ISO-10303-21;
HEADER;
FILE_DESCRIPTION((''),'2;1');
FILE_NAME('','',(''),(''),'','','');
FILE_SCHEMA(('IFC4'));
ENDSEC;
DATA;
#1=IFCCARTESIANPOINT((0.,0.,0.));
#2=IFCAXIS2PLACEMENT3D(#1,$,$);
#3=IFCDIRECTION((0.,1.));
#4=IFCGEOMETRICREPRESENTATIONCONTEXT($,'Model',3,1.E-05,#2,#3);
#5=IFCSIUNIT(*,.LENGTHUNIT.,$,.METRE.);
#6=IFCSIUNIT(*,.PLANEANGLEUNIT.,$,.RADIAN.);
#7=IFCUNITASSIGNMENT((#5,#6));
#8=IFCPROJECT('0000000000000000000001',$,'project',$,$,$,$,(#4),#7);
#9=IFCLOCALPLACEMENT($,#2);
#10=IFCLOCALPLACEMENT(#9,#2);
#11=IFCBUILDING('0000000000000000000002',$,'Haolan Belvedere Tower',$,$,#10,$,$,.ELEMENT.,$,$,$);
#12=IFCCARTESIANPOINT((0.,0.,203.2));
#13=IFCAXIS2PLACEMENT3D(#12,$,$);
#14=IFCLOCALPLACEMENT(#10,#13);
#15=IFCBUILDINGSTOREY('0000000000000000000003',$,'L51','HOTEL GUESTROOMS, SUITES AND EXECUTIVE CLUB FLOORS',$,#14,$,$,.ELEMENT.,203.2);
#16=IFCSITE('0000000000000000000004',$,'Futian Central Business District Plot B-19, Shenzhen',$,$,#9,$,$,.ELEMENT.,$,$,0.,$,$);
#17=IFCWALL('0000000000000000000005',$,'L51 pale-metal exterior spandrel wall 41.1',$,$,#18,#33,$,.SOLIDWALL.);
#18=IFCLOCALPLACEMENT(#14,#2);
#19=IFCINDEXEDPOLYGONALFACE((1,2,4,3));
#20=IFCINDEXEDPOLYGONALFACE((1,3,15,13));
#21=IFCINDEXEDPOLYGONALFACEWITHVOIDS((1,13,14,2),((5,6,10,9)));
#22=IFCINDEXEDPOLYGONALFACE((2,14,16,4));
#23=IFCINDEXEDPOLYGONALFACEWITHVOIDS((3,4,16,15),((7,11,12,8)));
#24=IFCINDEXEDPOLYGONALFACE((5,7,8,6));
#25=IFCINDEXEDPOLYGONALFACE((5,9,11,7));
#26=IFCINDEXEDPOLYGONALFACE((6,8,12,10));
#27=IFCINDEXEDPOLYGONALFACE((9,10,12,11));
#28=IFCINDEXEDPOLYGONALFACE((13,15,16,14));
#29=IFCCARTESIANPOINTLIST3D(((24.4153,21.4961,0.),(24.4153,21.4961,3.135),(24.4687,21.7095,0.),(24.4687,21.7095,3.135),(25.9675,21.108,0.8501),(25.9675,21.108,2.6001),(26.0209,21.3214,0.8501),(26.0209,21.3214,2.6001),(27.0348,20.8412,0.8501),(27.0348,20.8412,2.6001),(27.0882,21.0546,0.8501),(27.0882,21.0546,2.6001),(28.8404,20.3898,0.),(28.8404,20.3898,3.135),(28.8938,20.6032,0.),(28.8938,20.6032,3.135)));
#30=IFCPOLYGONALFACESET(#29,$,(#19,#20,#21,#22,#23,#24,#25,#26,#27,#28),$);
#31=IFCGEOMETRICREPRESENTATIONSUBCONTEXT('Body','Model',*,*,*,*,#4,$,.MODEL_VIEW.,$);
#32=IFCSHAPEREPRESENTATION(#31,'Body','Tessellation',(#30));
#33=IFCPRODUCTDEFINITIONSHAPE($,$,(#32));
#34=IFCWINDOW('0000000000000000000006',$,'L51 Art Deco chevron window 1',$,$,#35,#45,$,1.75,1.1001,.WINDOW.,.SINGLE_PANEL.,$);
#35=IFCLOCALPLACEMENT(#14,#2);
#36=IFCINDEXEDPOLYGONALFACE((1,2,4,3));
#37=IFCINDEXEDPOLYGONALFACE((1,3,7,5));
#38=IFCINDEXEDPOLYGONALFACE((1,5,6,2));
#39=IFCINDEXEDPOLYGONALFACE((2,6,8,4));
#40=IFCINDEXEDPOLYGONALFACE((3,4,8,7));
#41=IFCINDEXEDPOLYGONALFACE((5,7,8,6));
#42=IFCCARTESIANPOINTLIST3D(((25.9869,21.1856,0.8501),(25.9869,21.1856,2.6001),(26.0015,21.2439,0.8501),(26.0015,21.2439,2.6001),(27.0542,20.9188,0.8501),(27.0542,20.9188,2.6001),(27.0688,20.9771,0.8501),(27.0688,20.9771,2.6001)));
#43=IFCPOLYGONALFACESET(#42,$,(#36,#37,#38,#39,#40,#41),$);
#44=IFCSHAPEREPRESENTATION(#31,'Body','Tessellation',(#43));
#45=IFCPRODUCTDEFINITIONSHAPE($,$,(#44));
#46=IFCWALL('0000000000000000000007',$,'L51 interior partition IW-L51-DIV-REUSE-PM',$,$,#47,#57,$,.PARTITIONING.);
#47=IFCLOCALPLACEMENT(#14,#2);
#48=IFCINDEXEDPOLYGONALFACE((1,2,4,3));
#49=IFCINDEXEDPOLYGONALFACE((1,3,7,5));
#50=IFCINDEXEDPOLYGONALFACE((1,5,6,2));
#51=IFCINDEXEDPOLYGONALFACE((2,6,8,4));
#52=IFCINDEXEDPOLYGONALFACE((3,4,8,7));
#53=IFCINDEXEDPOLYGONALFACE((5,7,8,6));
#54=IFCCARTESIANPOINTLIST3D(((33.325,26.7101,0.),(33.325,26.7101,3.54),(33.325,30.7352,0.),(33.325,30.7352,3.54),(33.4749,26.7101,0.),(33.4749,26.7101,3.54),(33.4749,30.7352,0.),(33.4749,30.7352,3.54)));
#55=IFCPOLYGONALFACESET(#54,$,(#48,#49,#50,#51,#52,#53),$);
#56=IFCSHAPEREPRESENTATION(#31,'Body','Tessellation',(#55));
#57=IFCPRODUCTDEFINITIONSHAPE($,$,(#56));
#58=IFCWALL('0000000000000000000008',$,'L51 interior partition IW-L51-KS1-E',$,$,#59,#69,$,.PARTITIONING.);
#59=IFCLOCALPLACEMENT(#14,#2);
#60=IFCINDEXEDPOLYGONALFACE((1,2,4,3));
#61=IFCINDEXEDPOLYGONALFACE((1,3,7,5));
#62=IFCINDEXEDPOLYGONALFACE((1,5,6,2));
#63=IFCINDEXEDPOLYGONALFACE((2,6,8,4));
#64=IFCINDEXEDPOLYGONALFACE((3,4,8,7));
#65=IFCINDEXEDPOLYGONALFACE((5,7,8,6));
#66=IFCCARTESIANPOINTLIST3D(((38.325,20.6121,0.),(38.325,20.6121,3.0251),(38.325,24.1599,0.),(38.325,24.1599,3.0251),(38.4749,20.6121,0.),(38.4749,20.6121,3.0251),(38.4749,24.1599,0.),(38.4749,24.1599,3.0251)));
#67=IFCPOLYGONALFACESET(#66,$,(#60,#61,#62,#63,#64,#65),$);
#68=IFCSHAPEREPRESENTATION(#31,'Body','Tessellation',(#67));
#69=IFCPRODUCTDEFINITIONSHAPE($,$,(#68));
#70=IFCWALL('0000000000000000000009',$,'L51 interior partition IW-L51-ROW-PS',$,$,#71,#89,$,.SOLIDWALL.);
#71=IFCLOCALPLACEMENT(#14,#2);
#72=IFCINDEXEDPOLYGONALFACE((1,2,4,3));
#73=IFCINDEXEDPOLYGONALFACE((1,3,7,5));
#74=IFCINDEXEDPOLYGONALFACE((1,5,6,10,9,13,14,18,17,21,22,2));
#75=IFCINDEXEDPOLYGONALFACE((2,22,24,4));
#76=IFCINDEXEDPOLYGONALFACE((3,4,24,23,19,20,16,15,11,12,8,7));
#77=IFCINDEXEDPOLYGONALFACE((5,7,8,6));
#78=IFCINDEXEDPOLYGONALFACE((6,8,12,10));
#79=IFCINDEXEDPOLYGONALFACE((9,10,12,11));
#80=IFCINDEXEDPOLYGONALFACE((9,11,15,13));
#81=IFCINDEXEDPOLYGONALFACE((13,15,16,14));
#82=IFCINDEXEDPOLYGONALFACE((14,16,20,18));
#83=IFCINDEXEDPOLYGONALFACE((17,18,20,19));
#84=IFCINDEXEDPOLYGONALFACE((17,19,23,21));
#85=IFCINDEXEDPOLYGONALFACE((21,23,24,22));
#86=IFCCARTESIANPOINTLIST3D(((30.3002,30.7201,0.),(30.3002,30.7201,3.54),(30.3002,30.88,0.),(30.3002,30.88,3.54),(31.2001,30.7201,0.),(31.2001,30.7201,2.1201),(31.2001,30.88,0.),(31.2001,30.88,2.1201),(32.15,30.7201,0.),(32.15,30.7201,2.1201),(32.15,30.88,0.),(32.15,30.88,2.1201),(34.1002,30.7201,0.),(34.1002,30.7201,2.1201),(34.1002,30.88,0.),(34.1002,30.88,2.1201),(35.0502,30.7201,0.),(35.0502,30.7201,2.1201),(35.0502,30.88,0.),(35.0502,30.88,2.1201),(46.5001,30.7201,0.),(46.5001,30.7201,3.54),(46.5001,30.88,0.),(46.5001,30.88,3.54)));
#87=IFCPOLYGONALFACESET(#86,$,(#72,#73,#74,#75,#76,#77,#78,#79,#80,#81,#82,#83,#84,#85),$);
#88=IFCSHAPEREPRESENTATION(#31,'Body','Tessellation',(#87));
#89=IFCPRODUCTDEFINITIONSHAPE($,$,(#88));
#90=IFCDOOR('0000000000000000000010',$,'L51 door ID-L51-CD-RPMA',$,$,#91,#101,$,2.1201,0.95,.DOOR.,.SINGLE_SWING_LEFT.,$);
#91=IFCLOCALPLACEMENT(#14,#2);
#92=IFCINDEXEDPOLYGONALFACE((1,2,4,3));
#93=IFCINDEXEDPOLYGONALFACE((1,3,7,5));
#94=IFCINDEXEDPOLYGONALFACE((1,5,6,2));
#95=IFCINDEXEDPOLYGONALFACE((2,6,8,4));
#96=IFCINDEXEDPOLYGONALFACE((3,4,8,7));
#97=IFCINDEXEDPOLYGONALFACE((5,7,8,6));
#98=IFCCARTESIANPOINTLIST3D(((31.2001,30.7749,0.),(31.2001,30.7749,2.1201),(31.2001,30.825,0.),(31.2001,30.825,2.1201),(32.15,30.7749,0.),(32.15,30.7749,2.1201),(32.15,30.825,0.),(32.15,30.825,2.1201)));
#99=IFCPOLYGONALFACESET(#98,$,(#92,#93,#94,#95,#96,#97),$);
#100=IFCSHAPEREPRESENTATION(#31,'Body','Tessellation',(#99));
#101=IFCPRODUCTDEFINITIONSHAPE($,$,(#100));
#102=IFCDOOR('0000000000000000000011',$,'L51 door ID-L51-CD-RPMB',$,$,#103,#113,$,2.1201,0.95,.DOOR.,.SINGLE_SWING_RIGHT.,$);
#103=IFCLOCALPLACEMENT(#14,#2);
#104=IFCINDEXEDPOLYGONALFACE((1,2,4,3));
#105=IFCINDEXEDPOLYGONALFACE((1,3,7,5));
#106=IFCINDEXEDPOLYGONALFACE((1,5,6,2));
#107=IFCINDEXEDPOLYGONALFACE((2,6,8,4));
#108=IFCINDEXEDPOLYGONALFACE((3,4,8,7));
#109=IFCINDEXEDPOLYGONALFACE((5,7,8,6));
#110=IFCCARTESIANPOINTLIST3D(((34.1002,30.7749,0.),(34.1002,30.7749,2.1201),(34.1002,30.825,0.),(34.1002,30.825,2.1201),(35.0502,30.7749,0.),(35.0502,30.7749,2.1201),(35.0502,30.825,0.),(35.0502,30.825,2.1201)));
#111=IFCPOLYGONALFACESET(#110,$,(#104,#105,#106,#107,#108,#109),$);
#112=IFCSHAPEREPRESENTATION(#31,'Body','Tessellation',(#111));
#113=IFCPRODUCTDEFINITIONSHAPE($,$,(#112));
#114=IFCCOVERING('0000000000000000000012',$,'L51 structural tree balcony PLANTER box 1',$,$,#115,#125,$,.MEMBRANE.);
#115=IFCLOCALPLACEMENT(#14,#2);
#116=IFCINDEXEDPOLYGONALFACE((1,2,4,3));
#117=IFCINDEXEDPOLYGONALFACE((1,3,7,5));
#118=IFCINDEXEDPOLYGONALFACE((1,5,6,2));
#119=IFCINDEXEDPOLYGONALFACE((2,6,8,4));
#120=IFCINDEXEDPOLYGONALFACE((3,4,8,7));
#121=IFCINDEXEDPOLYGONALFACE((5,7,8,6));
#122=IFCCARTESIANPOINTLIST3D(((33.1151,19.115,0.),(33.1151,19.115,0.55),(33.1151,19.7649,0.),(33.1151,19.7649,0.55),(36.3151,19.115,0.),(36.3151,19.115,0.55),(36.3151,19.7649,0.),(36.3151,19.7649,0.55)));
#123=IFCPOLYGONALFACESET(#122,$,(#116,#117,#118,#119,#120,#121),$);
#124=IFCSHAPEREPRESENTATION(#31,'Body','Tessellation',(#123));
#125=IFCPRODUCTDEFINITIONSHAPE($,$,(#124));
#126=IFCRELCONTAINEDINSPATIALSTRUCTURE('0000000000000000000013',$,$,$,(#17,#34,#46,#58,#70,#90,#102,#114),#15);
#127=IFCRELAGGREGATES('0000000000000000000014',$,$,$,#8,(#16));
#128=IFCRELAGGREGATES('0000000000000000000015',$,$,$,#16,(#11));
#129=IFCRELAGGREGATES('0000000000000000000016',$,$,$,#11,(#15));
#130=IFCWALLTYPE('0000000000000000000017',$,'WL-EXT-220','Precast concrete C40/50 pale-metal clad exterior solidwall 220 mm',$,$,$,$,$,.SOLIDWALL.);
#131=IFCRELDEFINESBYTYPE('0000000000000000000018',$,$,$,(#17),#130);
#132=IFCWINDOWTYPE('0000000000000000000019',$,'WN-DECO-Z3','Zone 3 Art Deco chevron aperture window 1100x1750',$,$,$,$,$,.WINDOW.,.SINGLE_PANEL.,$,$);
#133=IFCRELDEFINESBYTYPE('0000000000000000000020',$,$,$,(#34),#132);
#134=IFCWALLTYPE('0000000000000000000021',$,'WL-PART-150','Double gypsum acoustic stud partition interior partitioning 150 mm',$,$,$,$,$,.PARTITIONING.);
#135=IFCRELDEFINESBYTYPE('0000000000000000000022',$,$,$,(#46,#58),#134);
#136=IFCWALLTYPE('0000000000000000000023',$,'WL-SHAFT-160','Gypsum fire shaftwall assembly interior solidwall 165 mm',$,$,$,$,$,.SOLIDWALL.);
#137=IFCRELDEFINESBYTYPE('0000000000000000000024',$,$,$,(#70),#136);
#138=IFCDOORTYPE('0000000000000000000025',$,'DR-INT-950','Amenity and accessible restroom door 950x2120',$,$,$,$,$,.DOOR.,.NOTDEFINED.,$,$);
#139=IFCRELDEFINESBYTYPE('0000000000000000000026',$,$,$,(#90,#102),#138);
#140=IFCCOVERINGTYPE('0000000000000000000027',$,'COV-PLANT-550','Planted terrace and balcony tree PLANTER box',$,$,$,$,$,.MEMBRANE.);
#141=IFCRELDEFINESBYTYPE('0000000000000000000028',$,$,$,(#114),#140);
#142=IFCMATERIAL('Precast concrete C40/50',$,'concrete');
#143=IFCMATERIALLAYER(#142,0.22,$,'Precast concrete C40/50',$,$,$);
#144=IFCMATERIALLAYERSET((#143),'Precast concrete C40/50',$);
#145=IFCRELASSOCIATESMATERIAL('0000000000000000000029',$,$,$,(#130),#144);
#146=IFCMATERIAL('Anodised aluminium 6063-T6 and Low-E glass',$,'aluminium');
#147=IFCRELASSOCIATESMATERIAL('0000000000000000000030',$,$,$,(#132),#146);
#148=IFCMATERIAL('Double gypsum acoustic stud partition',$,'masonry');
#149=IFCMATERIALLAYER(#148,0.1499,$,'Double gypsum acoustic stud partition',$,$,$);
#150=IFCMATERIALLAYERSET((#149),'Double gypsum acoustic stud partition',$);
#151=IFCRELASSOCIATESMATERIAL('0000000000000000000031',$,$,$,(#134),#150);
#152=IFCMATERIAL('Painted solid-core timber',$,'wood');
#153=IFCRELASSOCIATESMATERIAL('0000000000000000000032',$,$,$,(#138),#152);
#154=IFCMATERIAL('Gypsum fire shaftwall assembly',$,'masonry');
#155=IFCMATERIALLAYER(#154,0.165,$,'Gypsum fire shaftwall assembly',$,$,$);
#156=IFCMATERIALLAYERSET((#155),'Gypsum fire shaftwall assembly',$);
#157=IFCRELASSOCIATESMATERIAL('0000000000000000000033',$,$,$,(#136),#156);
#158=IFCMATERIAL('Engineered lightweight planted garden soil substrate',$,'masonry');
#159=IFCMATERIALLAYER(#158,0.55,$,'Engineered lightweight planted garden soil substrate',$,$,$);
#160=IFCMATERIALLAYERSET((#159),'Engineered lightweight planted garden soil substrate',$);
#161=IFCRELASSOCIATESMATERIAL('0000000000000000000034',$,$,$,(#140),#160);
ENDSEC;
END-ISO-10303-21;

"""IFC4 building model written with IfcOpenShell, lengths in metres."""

from ifc_helpers import new_model, si_unit, direction, frame, frame_2d, origin, origin_2d, place, context, subcontext, project, spatial, rectangle, extrude, material, layer, layer_set, type_object, element, fill, save


model = new_model("IFC4")

# Units and contexts
model_context = context("Model", 3, precision=1e-05, world=origin(), true_north=direction((0.0, 1.0)))
body_context = subcontext(model_context, "Body", "Model", "MODEL_VIEW")
ifc_project = project(units=[si_unit("LENGTHUNIT", "METRE"), si_unit("PLANEANGLEUNIT", "RADIAN")], contexts=[model_context])

# Site, building, storey
site_placement = place(None, origin())
site = spatial("IfcSite", under=ifc_project, at=site_placement, Name="Futian Central Business District Plot B-19, Shenzhen", CompositionType="ELEMENT", RefElevation=0.0)
building_placement = place(site_placement, origin())
building = spatial("IfcBuilding", under=site, at=building_placement, Name="Haolan Belvedere Tower", CompositionType="ELEMENT")
storey_placement = place(building_placement, frame((0.0, 0.0, 203.2)))
storey = spatial("IfcBuildingStorey", under=building, at=storey_placement, Name="L51", Description="HOTEL GUESTROOMS, SUITES AND EXECUTIVE CLUB FLOORS", CompositionType="ELEMENT", Elevation=203.2)

# Shared definitions
ifc_material_1 = material(Name="Precast concrete C40/50", Category="concrete")
ifc_layer_1 = layer(ifc_material_1, 0.22, Name="Precast concrete C40/50")
ifc_layer_set_1 = layer_set([ifc_layer_1], Name="Precast concrete C40/50")
wall_type_1 = type_object("IfcWallType", Name="WL-EXT-220", Description="Precast concrete C40/50 pale-metal clad exterior solidwall 220 mm", PredefinedType="SOLIDWALL", material=ifc_layer_set_1)

# Wall, opening, window
wall_1_placement = place(storey_placement, frame((24.4419, 21.6028, 0.0), z_axis=(0.0, 0.0, 1.0), x_axis=(0.970146, -0.242523, 0.0)))
wall_1 = element("IfcWall", 1, at=wall_1_placement, inside=storey, type_object=wall_type_1, Name="L51 pale-metal exterior spandrel wall 41.1", PredefinedType="SOLIDWALL", context=body_context, shape_type="SweptSolid", body=[
    extrude(rectangle(XDim=4.5613, YDim=0.22, at=frame_2d((2.2808, 0.0))), origin(), (0.0, 0.0, 1.0), 3.135),
])
opening_1_placement = place(wall_1_placement, frame((1.6001, 0.0, 0.8501)))
opening_1 = element("IfcOpeningElement", 2, at=opening_1_placement, cuts=wall_1, PredefinedType="OPENING", context=body_context, shape_type="SweptSolid", body=[
    extrude(rectangle(XDim=1.1001, YDim=1.75, at=frame_2d((0.55, 0.875))), frame((0.0, 0.1199, 0.0), z_axis=(0.0, -1.0, 0.0), x_axis=(1.0, 0.0, 0.0)), (0.0, 0.0, 1.0), 0.24),
])
ifc_material_2 = material(Name="Anodised aluminium 6063-T6 and Low-E glass", Category="aluminium")
window_type = type_object("IfcWindowType", Name="WN-DECO-Z3", Description="Zone 3 Art Deco chevron aperture window 1100x1750", PartitioningType="SINGLE_PANEL", PredefinedType="WINDOW", material=ifc_material_2)
window_placement = place(opening_1_placement, origin())
window = element("IfcWindow", 3, at=window_placement, inside=storey, type_object=window_type, Name="L51 Art Deco chevron window 1", OverallHeight=1.75, OverallWidth=1.1001, PartitioningType="SINGLE_PANEL", PredefinedType="WINDOW", context=body_context, shape_type="SweptSolid", body=[
    extrude(rectangle(XDim=1.1001, YDim=1.75, at=frame_2d((0.55, 0.875))), frame((0.0, 0.03, 0.0), z_axis=(0.0, -1.0, 0.0), x_axis=(1.0, 0.0, 0.0)), (0.0, 0.0, 1.0), 0.0601),
])
fill(opening_1, window)

# Wall
ifc_material_3 = material(Name="Double gypsum acoustic stud partition", Category="masonry")
ifc_layer_2 = layer(ifc_material_3, 0.1499, Name="Double gypsum acoustic stud partition")
ifc_layer_set_2 = layer_set([ifc_layer_2], Name="Double gypsum acoustic stud partition")
wall_type_2 = type_object("IfcWallType", Name="WL-PART-150", Description="Double gypsum acoustic stud partition interior partitioning 150 mm", PredefinedType="PARTITIONING", material=ifc_layer_set_2)
wall_2_placement = place(storey_placement, frame((33.3999, 26.71, 0.0), z_axis=(0.0, 0.0, 1.0), x_axis=(0.0, 1.0, 0.0)))
element("IfcWall", 4, at=wall_2_placement, inside=storey, type_object=wall_type_2, Name="L51 interior partition IW-L51-DIV-REUSE-PM", PredefinedType="PARTITIONING", context=body_context, shape_type="SweptSolid", body=[
    extrude(rectangle(XDim=4.0251, YDim=0.1499, at=frame_2d((2.0127, 0.0))), origin(), (0.0, 0.0, 1.0), 3.54),
])

# Shared definitions
ifc_material_4 = material(Name="Painted solid-core timber", Category="wood")
door_type_1 = type_object("IfcDoorType", Name="DR-INT-950", Description="Amenity and accessible restroom door 950x2120", OperationType="NOTDEFINED", PredefinedType="DOOR", material=ifc_material_4)

# Wall
wall_3_placement = place(storey_placement, frame((38.3999, 20.6121, 0.0), z_axis=(0.0, 0.0, 1.0), x_axis=(0.0, 1.0, 0.0)))
element("IfcWall", 5, at=wall_3_placement, inside=storey, type_object=wall_type_2, Name="L51 interior partition IW-L51-KS1-E", PredefinedType="PARTITIONING", context=body_context, shape_type="SweptSolid", body=[
    extrude(rectangle(XDim=3.5479, YDim=0.1499, at=frame_2d((1.7739, 0.0))), origin(), (0.0, 0.0, 1.0), 3.0251),
])

# Wall, openings, doors
ifc_material_5 = material(Name="Gypsum fire shaftwall assembly", Category="masonry")
ifc_layer_3 = layer(ifc_material_5, 0.165, Name="Gypsum fire shaftwall assembly")
ifc_layer_set_3 = layer_set([ifc_layer_3], Name="Gypsum fire shaftwall assembly")
wall_type_3 = type_object("IfcWallType", Name="WL-SHAFT-160", Description="Gypsum fire shaftwall assembly interior solidwall 165 mm", PredefinedType="SOLIDWALL", material=ifc_layer_set_3)
wall_4_placement = place(storey_placement, frame((30.3, 30.8, 0.0), z_axis=(0.0, 0.0, 1.0), x_axis=(1.0, 0.0, 0.0)))
wall_4 = element("IfcWall", 6, at=wall_4_placement, inside=storey, type_object=wall_type_3, Name="L51 interior partition IW-L51-ROW-PS", PredefinedType="SOLIDWALL", context=body_context, shape_type="SweptSolid", body=[
    extrude(rectangle(XDim=16.2, YDim=0.1599, at=frame_2d((8.1001, 0.0))), origin(), (0.0, 0.0, 1.0), 3.54),
])
opening_2_placement = place(wall_4_placement, frame((0.8999, 0.0, 0.0)))
opening_2 = element("IfcOpeningElement", 7, at=opening_2_placement, cuts=wall_4, PredefinedType="OPENING", context=body_context, shape_type="SweptSolid", body=[
    extrude(rectangle(XDim=0.95, YDim=2.1201, at=frame_2d((0.4751, 1.0601))), frame((0.0, 0.0898, 0.0), z_axis=(0.0, -1.0, 0.0), x_axis=(1.0, 0.0, 0.0)), (0.0, 0.0, 1.0), 0.1799),
])
opening_3_placement = place(wall_4_placement, frame((3.8, 0.0, 0.0)))
opening_3 = element("IfcOpeningElement", 8, at=opening_3_placement, cuts=wall_4, PredefinedType="OPENING", context=body_context, shape_type="SweptSolid", body=[
    extrude(rectangle(XDim=0.95, YDim=2.1201, at=frame_2d((0.4751, 1.0601))), frame((0.0, 0.0898, 0.0), z_axis=(0.0, -1.0, 0.0), x_axis=(1.0, 0.0, 0.0)), (0.0, 0.0, 1.0), 0.1799),
])
door_1_placement = place(opening_2_placement, origin())
door_1 = element("IfcDoor", 9, at=door_1_placement, inside=storey, type_object=door_type_1, Name="L51 door ID-L51-CD-RPMA", OperationType="SINGLE_SWING_LEFT", OverallHeight=2.1201, OverallWidth=0.95, PredefinedType="DOOR", context=body_context, shape_type="SweptSolid", body=[
    extrude(rectangle(XDim=0.95, YDim=2.1201, at=frame_2d((0.4751, 1.0601))), frame((0.0, 0.0249, 0.0), z_axis=(0.0, -1.0, 0.0), x_axis=(1.0, 0.0, 0.0)), (0.0, 0.0, 1.0), 0.05),
])
fill(opening_2, door_1)
door_2_placement = place(opening_3_placement, origin())
door_2 = element("IfcDoor", 10, at=door_2_placement, inside=storey, type_object=door_type_1, Name="L51 door ID-L51-CD-RPMB", OperationType="SINGLE_SWING_RIGHT", OverallHeight=2.1201, OverallWidth=0.95, PredefinedType="DOOR", context=body_context, shape_type="SweptSolid", body=[
    extrude(rectangle(XDim=0.95, YDim=2.1201, at=frame_2d((0.4751, 1.0601))), frame((0.0, 0.0249, 0.0), z_axis=(0.0, -1.0, 0.0), x_axis=(1.0, 0.0, 0.0)), (0.0, 0.0, 1.0), 0.05),
])
fill(opening_3, door_2)

# Covering
ifc_material_6 = material(Name="Engineered lightweight planted garden soil substrate", Category="masonry")
ifc_layer_4 = layer(ifc_material_6, 0.55, Name="Engineered lightweight planted garden soil substrate")
ifc_layer_set_4 = layer_set([ifc_layer_4], Name="Engineered lightweight planted garden soil substrate")
covering_type = type_object("IfcCoveringType", Name="COV-PLANT-550", Description="Planted terrace and balcony tree PLANTER box", PredefinedType="MEMBRANE", material=ifc_layer_set_4)
covering_placement = place(storey_placement, frame((34.7151, 19.4399, 0.0), z_axis=(0.0, 0.0, 1.0), x_axis=(1.0, 0.0, 0.0)))
element("IfcCovering", 11, at=covering_placement, inside=storey, type_object=covering_type, Name="L51 structural tree balcony PLANTER box 1", PredefinedType="MEMBRANE", context=body_context, shape_type="SweptSolid", body=[
    extrude(rectangle(XDim=3.2, YDim=0.6499, at=origin_2d()), origin(), (0.0, 0.0, 1.0), 0.55),
])

save(model, "model.ifc")
